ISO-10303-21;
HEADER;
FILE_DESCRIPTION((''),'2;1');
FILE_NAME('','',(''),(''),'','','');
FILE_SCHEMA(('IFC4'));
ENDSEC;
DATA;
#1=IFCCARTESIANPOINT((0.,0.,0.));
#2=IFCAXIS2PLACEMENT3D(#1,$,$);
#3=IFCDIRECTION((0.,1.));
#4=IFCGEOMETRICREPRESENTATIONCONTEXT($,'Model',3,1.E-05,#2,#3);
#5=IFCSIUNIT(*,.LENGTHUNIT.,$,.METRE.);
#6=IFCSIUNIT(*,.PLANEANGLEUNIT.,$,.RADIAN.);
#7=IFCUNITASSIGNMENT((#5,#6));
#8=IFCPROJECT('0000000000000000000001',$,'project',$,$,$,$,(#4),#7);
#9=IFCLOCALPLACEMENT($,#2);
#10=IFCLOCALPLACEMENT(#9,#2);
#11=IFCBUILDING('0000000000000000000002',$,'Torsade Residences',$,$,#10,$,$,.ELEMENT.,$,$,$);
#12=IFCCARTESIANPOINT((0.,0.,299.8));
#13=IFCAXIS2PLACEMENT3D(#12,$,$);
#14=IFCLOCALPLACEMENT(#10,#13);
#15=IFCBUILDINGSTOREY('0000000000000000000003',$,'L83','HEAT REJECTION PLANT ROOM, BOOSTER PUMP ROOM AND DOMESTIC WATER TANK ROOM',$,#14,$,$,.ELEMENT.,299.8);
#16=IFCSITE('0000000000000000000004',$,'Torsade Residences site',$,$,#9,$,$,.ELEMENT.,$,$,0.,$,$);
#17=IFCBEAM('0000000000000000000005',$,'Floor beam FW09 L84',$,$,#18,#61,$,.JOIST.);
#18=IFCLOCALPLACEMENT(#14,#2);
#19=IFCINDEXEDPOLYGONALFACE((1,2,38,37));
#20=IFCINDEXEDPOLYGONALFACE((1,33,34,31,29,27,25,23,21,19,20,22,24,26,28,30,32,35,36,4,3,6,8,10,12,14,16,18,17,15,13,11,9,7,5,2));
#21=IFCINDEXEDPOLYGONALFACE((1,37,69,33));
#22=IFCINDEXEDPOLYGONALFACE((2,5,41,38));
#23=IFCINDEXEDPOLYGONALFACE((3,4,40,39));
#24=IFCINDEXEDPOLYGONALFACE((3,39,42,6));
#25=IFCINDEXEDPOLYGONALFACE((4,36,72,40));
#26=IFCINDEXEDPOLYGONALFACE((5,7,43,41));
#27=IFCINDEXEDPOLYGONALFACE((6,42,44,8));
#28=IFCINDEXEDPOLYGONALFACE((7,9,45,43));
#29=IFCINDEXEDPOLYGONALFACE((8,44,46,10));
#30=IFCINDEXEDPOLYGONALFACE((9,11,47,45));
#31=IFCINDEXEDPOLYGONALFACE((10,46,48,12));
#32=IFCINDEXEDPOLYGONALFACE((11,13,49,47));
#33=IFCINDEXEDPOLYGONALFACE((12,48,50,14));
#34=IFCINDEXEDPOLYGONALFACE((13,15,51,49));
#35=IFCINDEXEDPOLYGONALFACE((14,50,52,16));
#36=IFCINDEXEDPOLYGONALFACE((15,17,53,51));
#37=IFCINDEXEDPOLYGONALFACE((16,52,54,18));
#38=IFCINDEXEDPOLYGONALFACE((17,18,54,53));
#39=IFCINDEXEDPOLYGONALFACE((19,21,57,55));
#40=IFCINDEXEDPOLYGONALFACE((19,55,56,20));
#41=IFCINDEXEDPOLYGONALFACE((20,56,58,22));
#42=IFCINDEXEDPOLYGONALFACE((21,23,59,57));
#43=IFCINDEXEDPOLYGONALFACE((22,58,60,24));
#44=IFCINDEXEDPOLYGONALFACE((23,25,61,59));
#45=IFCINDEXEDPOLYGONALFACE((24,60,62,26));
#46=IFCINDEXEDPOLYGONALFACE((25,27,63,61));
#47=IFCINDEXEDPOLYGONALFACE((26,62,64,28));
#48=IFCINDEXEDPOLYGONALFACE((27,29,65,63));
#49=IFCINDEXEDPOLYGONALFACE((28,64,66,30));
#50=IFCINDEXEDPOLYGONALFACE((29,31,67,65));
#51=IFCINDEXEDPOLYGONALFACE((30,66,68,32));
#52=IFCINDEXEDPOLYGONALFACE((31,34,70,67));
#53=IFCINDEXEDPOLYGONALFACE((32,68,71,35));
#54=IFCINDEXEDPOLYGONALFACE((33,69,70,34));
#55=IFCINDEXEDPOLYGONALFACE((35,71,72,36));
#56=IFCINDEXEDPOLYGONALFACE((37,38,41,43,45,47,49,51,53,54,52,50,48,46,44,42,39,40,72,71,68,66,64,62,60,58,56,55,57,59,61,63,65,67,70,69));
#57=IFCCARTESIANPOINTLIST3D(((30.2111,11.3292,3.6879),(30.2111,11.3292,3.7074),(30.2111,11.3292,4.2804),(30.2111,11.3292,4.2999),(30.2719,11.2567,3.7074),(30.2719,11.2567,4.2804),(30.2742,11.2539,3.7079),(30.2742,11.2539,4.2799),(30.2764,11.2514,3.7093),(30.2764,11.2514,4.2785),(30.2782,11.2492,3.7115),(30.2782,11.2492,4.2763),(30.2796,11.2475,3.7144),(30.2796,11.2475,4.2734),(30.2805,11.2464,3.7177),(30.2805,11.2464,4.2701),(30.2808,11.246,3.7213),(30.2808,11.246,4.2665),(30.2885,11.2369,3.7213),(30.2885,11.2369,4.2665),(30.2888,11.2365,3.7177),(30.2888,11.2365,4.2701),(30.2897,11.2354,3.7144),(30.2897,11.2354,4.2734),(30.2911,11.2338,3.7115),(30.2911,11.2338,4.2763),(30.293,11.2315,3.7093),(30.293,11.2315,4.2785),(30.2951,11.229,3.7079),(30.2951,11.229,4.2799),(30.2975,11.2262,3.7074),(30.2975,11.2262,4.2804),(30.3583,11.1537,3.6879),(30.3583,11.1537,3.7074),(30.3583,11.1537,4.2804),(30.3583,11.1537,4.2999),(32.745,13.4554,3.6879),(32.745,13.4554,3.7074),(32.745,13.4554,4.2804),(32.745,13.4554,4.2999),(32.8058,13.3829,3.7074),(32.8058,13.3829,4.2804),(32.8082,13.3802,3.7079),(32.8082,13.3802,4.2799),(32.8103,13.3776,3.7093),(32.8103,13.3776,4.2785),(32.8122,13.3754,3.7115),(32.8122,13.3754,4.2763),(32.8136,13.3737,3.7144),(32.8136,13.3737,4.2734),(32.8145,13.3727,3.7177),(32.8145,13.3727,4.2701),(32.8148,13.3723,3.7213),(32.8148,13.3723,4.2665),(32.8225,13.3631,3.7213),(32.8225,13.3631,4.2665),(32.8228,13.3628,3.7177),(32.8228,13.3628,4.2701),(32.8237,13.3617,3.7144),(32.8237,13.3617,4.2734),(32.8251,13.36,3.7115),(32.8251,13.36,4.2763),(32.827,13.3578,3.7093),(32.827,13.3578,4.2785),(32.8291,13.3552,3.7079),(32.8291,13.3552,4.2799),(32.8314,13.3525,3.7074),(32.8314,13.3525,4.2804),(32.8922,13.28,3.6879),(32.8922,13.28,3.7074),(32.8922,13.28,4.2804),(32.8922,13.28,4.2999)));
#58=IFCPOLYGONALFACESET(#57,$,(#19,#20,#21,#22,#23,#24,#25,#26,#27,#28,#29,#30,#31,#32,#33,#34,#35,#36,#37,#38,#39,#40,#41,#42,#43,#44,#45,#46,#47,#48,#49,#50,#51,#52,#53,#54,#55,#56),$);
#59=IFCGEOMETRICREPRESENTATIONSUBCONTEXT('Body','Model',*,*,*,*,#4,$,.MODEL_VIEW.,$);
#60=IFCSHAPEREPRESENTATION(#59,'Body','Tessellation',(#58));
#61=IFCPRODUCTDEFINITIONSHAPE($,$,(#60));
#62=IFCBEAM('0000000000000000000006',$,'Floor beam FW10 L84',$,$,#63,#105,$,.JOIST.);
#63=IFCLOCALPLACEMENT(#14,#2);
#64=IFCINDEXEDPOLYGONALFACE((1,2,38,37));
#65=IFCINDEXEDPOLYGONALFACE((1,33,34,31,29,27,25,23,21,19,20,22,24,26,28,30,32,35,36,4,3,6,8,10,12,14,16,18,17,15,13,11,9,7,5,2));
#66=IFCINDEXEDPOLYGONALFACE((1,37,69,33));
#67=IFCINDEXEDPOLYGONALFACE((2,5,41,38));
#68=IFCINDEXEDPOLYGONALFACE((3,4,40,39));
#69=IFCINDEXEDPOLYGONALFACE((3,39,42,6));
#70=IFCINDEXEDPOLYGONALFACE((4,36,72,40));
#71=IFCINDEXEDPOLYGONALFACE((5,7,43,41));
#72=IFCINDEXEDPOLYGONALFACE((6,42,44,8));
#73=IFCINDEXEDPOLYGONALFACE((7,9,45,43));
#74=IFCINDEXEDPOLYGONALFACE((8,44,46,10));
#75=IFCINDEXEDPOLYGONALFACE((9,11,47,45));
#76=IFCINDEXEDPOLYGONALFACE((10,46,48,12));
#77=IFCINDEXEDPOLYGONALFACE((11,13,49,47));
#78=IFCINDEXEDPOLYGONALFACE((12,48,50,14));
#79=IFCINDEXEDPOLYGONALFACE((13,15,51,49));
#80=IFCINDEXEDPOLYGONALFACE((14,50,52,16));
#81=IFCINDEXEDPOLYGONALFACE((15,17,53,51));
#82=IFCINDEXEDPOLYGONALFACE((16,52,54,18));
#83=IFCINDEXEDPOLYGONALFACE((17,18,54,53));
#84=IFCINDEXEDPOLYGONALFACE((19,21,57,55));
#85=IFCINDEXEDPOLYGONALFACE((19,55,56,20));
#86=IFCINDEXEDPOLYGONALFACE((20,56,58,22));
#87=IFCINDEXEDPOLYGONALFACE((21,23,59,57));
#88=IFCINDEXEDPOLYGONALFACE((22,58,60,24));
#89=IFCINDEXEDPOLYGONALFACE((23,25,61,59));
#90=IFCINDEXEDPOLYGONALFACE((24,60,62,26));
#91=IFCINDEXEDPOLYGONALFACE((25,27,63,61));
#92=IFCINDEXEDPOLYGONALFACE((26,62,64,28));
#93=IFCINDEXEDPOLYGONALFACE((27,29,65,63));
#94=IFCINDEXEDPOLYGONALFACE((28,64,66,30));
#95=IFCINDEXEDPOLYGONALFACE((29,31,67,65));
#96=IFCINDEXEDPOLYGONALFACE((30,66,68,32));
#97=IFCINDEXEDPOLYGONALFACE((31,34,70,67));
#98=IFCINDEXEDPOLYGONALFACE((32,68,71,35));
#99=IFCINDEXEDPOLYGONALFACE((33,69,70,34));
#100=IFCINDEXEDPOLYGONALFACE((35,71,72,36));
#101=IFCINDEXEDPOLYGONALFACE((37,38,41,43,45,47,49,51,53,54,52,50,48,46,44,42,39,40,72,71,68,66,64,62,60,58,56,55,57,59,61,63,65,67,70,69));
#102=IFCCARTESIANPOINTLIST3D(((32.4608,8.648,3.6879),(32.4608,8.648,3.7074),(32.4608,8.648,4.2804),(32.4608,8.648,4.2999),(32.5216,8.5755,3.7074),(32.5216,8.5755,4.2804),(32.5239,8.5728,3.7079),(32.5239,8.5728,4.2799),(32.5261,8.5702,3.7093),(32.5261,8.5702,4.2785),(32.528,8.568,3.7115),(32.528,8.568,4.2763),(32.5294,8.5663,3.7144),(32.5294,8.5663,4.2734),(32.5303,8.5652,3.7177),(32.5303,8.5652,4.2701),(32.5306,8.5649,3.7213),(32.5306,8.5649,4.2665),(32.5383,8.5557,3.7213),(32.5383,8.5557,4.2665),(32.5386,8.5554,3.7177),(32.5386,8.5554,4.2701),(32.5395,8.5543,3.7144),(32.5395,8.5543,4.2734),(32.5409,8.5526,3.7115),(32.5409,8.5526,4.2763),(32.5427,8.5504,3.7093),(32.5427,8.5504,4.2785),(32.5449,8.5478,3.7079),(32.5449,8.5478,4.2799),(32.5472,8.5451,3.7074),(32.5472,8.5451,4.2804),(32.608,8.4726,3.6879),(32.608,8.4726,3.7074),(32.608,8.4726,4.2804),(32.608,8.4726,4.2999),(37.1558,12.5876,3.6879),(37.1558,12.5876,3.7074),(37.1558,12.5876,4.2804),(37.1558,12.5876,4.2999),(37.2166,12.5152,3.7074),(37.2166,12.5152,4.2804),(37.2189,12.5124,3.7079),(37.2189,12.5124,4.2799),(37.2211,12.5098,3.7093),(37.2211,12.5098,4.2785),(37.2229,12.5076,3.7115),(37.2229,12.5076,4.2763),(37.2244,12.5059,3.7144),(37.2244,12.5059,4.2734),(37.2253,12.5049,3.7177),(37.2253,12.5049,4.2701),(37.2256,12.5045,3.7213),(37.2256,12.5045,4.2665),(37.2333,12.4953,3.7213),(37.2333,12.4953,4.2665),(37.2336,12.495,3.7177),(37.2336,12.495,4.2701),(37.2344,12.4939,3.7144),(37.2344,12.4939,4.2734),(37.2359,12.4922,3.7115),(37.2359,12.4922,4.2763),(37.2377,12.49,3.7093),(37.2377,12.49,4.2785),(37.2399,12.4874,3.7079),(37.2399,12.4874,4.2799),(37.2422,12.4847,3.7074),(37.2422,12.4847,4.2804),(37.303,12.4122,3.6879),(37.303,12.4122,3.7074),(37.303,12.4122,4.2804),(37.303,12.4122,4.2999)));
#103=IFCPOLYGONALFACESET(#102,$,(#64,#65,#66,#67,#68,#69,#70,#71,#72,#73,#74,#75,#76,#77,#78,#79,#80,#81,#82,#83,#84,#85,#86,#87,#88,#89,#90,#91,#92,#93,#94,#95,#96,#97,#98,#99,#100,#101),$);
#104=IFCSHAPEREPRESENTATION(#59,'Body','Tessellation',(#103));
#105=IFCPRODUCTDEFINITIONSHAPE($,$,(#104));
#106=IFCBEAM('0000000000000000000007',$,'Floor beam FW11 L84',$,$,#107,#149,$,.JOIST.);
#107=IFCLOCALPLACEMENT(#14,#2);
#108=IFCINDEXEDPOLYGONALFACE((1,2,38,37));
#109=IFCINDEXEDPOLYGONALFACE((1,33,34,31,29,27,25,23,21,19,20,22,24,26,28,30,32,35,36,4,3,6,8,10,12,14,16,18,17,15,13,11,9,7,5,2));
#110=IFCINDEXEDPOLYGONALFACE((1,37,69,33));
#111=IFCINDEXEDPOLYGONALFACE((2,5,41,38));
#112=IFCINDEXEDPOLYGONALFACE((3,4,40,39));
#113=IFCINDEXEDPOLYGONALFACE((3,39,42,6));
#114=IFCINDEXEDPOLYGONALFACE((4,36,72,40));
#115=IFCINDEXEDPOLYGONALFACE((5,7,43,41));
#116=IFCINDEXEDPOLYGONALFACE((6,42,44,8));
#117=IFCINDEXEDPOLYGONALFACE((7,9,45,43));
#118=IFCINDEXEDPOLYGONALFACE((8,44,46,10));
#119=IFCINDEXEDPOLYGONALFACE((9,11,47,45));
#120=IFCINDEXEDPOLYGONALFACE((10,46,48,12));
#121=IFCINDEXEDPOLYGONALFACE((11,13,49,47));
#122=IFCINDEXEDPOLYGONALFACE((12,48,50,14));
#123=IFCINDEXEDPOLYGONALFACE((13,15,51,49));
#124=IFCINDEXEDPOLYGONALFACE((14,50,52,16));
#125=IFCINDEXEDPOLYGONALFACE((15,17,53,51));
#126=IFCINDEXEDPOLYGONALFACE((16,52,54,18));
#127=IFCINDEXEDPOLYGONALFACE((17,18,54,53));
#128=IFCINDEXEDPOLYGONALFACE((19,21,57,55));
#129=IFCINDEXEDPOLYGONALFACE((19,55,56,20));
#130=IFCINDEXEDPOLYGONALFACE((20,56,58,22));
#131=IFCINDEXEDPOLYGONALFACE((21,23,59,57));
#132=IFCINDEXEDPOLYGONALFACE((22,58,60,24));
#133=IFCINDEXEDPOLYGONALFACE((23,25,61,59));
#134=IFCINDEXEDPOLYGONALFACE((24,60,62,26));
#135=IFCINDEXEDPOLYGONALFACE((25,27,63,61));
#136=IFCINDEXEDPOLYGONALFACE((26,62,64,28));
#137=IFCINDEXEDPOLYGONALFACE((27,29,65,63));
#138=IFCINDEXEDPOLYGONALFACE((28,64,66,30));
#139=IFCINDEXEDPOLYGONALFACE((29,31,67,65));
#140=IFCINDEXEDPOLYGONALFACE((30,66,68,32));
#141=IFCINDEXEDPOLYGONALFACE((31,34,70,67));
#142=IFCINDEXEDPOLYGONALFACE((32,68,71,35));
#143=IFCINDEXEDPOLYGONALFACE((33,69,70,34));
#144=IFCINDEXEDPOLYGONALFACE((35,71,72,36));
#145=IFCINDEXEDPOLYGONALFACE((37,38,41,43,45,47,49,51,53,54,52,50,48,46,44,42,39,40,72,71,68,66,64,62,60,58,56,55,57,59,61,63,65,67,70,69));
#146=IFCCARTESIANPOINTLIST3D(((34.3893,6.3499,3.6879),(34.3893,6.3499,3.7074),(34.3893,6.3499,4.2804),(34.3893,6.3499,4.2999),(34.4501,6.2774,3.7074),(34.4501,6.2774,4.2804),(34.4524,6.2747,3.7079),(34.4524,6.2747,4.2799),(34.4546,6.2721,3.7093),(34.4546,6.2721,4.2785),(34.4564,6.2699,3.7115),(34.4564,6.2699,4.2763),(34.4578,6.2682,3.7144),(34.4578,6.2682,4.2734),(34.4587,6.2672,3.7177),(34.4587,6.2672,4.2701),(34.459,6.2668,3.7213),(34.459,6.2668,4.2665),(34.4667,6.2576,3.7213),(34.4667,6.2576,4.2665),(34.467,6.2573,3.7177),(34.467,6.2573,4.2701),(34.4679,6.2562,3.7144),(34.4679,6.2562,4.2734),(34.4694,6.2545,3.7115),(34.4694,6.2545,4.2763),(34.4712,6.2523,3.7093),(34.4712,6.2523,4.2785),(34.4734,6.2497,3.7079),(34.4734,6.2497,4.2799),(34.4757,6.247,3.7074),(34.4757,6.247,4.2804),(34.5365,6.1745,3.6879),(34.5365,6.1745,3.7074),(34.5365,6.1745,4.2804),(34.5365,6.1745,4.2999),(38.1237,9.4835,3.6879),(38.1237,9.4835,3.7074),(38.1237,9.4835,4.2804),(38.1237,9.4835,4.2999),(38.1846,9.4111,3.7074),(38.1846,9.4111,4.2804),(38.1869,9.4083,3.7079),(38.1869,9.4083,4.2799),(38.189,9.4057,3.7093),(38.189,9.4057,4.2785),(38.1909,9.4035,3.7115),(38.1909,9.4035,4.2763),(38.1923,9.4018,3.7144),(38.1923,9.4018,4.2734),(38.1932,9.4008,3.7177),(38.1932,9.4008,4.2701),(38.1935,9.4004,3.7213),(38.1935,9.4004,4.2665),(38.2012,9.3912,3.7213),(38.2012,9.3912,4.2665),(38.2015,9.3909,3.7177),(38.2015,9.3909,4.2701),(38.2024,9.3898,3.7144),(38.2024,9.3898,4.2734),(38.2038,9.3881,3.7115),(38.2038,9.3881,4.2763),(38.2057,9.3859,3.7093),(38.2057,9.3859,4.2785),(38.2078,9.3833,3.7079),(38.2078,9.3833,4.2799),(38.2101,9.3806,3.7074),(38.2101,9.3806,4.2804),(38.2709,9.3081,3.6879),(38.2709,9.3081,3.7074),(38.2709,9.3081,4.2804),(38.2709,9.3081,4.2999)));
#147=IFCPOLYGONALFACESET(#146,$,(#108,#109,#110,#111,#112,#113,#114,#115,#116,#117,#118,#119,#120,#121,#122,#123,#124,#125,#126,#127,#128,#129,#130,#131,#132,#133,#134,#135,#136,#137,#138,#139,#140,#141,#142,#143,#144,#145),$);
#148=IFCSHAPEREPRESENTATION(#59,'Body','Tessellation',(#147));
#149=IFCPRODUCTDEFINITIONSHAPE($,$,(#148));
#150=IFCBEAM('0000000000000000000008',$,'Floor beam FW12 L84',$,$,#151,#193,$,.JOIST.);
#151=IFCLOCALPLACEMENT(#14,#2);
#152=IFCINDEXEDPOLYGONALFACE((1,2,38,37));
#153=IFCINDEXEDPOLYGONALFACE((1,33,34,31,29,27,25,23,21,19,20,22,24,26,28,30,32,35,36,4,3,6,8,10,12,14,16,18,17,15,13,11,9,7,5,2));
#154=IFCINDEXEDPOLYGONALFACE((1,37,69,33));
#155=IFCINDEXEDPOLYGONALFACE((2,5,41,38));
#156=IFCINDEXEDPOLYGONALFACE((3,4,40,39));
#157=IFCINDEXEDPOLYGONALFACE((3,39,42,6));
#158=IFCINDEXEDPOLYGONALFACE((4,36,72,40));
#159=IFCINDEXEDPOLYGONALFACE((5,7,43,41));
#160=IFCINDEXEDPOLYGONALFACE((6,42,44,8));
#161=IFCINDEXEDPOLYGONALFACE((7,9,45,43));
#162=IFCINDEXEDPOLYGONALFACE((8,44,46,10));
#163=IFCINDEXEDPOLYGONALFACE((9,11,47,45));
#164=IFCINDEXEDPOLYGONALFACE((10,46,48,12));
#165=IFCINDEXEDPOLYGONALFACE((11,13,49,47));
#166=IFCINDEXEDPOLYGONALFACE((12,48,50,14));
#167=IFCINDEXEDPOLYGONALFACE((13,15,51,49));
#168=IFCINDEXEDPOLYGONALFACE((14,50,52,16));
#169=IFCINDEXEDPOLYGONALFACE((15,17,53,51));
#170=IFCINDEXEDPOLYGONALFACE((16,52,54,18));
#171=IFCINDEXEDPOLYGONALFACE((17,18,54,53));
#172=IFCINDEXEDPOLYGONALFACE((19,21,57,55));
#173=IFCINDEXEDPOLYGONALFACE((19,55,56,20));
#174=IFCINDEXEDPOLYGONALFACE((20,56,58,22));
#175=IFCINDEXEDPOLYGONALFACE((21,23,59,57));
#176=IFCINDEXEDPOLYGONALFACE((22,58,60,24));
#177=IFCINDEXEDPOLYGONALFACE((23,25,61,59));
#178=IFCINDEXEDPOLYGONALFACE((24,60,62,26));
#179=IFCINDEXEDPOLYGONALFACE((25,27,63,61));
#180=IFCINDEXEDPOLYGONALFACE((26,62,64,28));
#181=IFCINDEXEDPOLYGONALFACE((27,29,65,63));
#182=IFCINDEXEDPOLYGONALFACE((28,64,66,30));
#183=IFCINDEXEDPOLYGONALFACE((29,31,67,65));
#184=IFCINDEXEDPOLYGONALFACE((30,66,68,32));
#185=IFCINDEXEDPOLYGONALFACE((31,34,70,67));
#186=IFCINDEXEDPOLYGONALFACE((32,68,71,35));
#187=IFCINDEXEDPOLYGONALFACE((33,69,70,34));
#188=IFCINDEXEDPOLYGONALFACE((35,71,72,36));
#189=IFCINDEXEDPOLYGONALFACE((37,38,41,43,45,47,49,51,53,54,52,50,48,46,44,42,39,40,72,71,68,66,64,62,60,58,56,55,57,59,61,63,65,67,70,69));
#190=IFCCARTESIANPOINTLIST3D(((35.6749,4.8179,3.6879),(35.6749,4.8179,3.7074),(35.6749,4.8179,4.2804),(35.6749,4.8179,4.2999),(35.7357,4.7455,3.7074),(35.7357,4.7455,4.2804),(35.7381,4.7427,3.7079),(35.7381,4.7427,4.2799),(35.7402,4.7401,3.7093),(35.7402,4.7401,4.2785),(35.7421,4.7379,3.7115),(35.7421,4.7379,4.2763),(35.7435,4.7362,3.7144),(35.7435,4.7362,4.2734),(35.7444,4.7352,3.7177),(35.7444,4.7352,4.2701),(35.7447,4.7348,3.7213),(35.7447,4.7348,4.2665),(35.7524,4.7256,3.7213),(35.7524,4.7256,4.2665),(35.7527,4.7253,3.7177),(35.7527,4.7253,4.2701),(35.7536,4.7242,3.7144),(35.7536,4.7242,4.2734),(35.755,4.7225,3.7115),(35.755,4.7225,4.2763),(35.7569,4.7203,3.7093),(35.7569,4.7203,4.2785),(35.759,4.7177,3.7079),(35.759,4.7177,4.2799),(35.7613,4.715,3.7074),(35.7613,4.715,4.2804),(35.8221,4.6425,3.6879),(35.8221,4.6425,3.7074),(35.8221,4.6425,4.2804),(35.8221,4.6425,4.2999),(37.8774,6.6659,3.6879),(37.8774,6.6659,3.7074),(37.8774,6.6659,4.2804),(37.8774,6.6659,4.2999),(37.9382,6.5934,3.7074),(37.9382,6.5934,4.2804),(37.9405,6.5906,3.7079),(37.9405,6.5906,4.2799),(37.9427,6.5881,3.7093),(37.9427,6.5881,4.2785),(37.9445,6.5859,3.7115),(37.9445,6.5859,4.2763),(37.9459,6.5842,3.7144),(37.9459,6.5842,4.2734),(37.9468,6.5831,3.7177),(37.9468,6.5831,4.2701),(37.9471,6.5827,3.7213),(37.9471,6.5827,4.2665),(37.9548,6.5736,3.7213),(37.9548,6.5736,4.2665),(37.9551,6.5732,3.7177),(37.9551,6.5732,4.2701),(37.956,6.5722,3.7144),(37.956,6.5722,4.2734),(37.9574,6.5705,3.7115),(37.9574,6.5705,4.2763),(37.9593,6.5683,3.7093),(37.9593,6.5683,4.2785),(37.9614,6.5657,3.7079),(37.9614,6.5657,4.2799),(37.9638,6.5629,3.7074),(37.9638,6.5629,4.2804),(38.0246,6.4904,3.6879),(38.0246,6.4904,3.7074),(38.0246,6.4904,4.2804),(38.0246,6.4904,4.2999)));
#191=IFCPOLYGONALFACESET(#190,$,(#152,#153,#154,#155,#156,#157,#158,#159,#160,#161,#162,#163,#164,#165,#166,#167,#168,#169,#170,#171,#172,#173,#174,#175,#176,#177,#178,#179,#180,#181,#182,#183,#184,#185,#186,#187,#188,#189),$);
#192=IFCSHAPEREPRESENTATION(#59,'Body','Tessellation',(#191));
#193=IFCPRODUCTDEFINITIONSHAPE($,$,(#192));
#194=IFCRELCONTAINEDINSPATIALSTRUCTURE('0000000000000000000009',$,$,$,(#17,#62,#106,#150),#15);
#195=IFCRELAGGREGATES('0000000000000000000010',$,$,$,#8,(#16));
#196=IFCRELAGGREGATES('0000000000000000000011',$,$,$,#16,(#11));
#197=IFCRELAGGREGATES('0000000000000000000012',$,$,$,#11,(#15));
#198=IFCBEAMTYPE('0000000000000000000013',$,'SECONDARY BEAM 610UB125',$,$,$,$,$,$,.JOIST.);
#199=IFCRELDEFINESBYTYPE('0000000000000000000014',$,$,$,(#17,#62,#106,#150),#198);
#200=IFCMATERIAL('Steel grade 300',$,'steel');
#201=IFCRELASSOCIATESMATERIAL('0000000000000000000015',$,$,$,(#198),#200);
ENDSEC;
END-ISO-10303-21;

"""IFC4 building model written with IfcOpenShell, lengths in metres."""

from ifc_helpers import new_model, si_unit, direction, frame, origin, origin_2d, place, context, subcontext, project, spatial, i_section, extrude, material, material_profile, profile_set, type_object, element, save


model = new_model("IFC4")

# Units and contexts
model_context = context("Model", 3, precision=1e-05, world=origin(), true_north=direction((0.0, 1.0)))
body_context = subcontext(model_context, "Body", "Model", "MODEL_VIEW")
ifc_project = project(units=[si_unit("LENGTHUNIT", "METRE"), si_unit("PLANEANGLEUNIT", "RADIAN")], contexts=[model_context])

# Site, building, storey
site_placement = place(None, origin())
site = spatial("IfcSite", under=ifc_project, at=site_placement, Name="Torsade Residences site", CompositionType="ELEMENT", RefElevation=0.0)
building_placement = place(site_placement, origin())
building = spatial("IfcBuilding", under=site, at=building_placement, Name="Torsade Residences", CompositionType="ELEMENT")
storey_placement = place(building_placement, frame((0.0, 0.0, 299.8)))
storey = spatial("IfcBuildingStorey", under=building, at=storey_placement, Name="L83", Description="HEAT REJECTION PLANT ROOM, BOOSTER PUMP ROOM AND DOMESTIC WATER TANK ROOM", CompositionType="ELEMENT", Elevation=299.8)

# Beams
ifc_material_1 = material(Name="Steel grade 300", Category="steel")
ifc_material_profile_1 = material_profile(ifc_material_1, i_section(OverallWidth=0.229, OverallDepth=0.6121, WebThickness=0.012, FlangeThickness=0.0195, FilletRadius=0.0139, at=origin_2d()), Name="610UB125")
ifc_profile_set_1 = profile_set([ifc_material_profile_1], Name="Steel grade 300")
beam_type_1 = type_object("IfcBeamType", Name="SECONDARY BEAM 610UB125", PredefinedType="JOIST", material=ifc_profile_set_1)
beam_1_placement = place(storey_placement, frame((30.2847, 11.2415, 3.9939), z_axis=(0.766045, 0.642787, 0.0), x_axis=(-0.642787, 0.766045, 0.0)))
element("IfcBeam", 1, at=beam_1_placement, inside=storey, type_object=beam_type_1, Name="Floor beam FW09 L84", PredefinedType="JOIST", context=body_context, shape_type="SweptSolid", body=[
    extrude(i_section(OverallWidth=0.229, OverallDepth=0.6121, WebThickness=0.012, FlangeThickness=0.0195, FilletRadius=0.0139, at=origin_2d()), origin(), (0.0, 0.0, 1.0), 3.3079),
])
beam_2_placement = place(storey_placement, frame((32.5344, 8.5603, 3.9939), z_axis=(0.766039, 0.642794, 0.0), x_axis=(-0.642794, 0.766039, 0.0)))
element("IfcBeam", 2, at=beam_2_placement, inside=storey, type_object=beam_type_1, Name="Floor beam FW10 L84", PredefinedType="JOIST", context=body_context, shape_type="SweptSolid", body=[
    extrude(i_section(OverallWidth=0.229, OverallDepth=0.6121, WebThickness=0.012, FlangeThickness=0.0195, FilletRadius=0.0139, at=origin_2d()), origin(), (0.0, 0.0, 1.0), 6.1289),
])
beam_3_placement = place(storey_placement, frame((34.4629, 6.2622, 3.9939), z_axis=(0.766041, 0.642791, 0.0), x_axis=(-0.642791, 0.766041, 0.0)))
element("IfcBeam", 3, at=beam_3_placement, inside=storey, type_object=beam_type_1, Name="Floor beam FW11 L84", PredefinedType="JOIST", context=body_context, shape_type="SweptSolid", body=[
    extrude(i_section(OverallWidth=0.229, OverallDepth=0.6121, WebThickness=0.012, FlangeThickness=0.0195, FilletRadius=0.0139, at=origin_2d()), origin(), (0.0, 0.0, 1.0), 4.875),
])
beam_4_placement = place(storey_placement, frame((35.7485, 4.7302, 3.9939), z_axis=(0.766066, 0.642762, 0.0), x_axis=(-0.642762, 0.766066, 0.0)))
element("IfcBeam", 4, at=beam_4_placement, inside=storey, type_object=beam_type_1, Name="Floor beam FW12 L84", PredefinedType="JOIST", context=body_context, shape_type="SweptSolid", body=[
    extrude(i_section(OverallWidth=0.229, OverallDepth=0.6121, WebThickness=0.012, FlangeThickness=0.0195, FilletRadius=0.0139, at=origin_2d()), origin(), (0.0, 0.0, 1.0), 2.875),
])

save(model, "model.ifc")
